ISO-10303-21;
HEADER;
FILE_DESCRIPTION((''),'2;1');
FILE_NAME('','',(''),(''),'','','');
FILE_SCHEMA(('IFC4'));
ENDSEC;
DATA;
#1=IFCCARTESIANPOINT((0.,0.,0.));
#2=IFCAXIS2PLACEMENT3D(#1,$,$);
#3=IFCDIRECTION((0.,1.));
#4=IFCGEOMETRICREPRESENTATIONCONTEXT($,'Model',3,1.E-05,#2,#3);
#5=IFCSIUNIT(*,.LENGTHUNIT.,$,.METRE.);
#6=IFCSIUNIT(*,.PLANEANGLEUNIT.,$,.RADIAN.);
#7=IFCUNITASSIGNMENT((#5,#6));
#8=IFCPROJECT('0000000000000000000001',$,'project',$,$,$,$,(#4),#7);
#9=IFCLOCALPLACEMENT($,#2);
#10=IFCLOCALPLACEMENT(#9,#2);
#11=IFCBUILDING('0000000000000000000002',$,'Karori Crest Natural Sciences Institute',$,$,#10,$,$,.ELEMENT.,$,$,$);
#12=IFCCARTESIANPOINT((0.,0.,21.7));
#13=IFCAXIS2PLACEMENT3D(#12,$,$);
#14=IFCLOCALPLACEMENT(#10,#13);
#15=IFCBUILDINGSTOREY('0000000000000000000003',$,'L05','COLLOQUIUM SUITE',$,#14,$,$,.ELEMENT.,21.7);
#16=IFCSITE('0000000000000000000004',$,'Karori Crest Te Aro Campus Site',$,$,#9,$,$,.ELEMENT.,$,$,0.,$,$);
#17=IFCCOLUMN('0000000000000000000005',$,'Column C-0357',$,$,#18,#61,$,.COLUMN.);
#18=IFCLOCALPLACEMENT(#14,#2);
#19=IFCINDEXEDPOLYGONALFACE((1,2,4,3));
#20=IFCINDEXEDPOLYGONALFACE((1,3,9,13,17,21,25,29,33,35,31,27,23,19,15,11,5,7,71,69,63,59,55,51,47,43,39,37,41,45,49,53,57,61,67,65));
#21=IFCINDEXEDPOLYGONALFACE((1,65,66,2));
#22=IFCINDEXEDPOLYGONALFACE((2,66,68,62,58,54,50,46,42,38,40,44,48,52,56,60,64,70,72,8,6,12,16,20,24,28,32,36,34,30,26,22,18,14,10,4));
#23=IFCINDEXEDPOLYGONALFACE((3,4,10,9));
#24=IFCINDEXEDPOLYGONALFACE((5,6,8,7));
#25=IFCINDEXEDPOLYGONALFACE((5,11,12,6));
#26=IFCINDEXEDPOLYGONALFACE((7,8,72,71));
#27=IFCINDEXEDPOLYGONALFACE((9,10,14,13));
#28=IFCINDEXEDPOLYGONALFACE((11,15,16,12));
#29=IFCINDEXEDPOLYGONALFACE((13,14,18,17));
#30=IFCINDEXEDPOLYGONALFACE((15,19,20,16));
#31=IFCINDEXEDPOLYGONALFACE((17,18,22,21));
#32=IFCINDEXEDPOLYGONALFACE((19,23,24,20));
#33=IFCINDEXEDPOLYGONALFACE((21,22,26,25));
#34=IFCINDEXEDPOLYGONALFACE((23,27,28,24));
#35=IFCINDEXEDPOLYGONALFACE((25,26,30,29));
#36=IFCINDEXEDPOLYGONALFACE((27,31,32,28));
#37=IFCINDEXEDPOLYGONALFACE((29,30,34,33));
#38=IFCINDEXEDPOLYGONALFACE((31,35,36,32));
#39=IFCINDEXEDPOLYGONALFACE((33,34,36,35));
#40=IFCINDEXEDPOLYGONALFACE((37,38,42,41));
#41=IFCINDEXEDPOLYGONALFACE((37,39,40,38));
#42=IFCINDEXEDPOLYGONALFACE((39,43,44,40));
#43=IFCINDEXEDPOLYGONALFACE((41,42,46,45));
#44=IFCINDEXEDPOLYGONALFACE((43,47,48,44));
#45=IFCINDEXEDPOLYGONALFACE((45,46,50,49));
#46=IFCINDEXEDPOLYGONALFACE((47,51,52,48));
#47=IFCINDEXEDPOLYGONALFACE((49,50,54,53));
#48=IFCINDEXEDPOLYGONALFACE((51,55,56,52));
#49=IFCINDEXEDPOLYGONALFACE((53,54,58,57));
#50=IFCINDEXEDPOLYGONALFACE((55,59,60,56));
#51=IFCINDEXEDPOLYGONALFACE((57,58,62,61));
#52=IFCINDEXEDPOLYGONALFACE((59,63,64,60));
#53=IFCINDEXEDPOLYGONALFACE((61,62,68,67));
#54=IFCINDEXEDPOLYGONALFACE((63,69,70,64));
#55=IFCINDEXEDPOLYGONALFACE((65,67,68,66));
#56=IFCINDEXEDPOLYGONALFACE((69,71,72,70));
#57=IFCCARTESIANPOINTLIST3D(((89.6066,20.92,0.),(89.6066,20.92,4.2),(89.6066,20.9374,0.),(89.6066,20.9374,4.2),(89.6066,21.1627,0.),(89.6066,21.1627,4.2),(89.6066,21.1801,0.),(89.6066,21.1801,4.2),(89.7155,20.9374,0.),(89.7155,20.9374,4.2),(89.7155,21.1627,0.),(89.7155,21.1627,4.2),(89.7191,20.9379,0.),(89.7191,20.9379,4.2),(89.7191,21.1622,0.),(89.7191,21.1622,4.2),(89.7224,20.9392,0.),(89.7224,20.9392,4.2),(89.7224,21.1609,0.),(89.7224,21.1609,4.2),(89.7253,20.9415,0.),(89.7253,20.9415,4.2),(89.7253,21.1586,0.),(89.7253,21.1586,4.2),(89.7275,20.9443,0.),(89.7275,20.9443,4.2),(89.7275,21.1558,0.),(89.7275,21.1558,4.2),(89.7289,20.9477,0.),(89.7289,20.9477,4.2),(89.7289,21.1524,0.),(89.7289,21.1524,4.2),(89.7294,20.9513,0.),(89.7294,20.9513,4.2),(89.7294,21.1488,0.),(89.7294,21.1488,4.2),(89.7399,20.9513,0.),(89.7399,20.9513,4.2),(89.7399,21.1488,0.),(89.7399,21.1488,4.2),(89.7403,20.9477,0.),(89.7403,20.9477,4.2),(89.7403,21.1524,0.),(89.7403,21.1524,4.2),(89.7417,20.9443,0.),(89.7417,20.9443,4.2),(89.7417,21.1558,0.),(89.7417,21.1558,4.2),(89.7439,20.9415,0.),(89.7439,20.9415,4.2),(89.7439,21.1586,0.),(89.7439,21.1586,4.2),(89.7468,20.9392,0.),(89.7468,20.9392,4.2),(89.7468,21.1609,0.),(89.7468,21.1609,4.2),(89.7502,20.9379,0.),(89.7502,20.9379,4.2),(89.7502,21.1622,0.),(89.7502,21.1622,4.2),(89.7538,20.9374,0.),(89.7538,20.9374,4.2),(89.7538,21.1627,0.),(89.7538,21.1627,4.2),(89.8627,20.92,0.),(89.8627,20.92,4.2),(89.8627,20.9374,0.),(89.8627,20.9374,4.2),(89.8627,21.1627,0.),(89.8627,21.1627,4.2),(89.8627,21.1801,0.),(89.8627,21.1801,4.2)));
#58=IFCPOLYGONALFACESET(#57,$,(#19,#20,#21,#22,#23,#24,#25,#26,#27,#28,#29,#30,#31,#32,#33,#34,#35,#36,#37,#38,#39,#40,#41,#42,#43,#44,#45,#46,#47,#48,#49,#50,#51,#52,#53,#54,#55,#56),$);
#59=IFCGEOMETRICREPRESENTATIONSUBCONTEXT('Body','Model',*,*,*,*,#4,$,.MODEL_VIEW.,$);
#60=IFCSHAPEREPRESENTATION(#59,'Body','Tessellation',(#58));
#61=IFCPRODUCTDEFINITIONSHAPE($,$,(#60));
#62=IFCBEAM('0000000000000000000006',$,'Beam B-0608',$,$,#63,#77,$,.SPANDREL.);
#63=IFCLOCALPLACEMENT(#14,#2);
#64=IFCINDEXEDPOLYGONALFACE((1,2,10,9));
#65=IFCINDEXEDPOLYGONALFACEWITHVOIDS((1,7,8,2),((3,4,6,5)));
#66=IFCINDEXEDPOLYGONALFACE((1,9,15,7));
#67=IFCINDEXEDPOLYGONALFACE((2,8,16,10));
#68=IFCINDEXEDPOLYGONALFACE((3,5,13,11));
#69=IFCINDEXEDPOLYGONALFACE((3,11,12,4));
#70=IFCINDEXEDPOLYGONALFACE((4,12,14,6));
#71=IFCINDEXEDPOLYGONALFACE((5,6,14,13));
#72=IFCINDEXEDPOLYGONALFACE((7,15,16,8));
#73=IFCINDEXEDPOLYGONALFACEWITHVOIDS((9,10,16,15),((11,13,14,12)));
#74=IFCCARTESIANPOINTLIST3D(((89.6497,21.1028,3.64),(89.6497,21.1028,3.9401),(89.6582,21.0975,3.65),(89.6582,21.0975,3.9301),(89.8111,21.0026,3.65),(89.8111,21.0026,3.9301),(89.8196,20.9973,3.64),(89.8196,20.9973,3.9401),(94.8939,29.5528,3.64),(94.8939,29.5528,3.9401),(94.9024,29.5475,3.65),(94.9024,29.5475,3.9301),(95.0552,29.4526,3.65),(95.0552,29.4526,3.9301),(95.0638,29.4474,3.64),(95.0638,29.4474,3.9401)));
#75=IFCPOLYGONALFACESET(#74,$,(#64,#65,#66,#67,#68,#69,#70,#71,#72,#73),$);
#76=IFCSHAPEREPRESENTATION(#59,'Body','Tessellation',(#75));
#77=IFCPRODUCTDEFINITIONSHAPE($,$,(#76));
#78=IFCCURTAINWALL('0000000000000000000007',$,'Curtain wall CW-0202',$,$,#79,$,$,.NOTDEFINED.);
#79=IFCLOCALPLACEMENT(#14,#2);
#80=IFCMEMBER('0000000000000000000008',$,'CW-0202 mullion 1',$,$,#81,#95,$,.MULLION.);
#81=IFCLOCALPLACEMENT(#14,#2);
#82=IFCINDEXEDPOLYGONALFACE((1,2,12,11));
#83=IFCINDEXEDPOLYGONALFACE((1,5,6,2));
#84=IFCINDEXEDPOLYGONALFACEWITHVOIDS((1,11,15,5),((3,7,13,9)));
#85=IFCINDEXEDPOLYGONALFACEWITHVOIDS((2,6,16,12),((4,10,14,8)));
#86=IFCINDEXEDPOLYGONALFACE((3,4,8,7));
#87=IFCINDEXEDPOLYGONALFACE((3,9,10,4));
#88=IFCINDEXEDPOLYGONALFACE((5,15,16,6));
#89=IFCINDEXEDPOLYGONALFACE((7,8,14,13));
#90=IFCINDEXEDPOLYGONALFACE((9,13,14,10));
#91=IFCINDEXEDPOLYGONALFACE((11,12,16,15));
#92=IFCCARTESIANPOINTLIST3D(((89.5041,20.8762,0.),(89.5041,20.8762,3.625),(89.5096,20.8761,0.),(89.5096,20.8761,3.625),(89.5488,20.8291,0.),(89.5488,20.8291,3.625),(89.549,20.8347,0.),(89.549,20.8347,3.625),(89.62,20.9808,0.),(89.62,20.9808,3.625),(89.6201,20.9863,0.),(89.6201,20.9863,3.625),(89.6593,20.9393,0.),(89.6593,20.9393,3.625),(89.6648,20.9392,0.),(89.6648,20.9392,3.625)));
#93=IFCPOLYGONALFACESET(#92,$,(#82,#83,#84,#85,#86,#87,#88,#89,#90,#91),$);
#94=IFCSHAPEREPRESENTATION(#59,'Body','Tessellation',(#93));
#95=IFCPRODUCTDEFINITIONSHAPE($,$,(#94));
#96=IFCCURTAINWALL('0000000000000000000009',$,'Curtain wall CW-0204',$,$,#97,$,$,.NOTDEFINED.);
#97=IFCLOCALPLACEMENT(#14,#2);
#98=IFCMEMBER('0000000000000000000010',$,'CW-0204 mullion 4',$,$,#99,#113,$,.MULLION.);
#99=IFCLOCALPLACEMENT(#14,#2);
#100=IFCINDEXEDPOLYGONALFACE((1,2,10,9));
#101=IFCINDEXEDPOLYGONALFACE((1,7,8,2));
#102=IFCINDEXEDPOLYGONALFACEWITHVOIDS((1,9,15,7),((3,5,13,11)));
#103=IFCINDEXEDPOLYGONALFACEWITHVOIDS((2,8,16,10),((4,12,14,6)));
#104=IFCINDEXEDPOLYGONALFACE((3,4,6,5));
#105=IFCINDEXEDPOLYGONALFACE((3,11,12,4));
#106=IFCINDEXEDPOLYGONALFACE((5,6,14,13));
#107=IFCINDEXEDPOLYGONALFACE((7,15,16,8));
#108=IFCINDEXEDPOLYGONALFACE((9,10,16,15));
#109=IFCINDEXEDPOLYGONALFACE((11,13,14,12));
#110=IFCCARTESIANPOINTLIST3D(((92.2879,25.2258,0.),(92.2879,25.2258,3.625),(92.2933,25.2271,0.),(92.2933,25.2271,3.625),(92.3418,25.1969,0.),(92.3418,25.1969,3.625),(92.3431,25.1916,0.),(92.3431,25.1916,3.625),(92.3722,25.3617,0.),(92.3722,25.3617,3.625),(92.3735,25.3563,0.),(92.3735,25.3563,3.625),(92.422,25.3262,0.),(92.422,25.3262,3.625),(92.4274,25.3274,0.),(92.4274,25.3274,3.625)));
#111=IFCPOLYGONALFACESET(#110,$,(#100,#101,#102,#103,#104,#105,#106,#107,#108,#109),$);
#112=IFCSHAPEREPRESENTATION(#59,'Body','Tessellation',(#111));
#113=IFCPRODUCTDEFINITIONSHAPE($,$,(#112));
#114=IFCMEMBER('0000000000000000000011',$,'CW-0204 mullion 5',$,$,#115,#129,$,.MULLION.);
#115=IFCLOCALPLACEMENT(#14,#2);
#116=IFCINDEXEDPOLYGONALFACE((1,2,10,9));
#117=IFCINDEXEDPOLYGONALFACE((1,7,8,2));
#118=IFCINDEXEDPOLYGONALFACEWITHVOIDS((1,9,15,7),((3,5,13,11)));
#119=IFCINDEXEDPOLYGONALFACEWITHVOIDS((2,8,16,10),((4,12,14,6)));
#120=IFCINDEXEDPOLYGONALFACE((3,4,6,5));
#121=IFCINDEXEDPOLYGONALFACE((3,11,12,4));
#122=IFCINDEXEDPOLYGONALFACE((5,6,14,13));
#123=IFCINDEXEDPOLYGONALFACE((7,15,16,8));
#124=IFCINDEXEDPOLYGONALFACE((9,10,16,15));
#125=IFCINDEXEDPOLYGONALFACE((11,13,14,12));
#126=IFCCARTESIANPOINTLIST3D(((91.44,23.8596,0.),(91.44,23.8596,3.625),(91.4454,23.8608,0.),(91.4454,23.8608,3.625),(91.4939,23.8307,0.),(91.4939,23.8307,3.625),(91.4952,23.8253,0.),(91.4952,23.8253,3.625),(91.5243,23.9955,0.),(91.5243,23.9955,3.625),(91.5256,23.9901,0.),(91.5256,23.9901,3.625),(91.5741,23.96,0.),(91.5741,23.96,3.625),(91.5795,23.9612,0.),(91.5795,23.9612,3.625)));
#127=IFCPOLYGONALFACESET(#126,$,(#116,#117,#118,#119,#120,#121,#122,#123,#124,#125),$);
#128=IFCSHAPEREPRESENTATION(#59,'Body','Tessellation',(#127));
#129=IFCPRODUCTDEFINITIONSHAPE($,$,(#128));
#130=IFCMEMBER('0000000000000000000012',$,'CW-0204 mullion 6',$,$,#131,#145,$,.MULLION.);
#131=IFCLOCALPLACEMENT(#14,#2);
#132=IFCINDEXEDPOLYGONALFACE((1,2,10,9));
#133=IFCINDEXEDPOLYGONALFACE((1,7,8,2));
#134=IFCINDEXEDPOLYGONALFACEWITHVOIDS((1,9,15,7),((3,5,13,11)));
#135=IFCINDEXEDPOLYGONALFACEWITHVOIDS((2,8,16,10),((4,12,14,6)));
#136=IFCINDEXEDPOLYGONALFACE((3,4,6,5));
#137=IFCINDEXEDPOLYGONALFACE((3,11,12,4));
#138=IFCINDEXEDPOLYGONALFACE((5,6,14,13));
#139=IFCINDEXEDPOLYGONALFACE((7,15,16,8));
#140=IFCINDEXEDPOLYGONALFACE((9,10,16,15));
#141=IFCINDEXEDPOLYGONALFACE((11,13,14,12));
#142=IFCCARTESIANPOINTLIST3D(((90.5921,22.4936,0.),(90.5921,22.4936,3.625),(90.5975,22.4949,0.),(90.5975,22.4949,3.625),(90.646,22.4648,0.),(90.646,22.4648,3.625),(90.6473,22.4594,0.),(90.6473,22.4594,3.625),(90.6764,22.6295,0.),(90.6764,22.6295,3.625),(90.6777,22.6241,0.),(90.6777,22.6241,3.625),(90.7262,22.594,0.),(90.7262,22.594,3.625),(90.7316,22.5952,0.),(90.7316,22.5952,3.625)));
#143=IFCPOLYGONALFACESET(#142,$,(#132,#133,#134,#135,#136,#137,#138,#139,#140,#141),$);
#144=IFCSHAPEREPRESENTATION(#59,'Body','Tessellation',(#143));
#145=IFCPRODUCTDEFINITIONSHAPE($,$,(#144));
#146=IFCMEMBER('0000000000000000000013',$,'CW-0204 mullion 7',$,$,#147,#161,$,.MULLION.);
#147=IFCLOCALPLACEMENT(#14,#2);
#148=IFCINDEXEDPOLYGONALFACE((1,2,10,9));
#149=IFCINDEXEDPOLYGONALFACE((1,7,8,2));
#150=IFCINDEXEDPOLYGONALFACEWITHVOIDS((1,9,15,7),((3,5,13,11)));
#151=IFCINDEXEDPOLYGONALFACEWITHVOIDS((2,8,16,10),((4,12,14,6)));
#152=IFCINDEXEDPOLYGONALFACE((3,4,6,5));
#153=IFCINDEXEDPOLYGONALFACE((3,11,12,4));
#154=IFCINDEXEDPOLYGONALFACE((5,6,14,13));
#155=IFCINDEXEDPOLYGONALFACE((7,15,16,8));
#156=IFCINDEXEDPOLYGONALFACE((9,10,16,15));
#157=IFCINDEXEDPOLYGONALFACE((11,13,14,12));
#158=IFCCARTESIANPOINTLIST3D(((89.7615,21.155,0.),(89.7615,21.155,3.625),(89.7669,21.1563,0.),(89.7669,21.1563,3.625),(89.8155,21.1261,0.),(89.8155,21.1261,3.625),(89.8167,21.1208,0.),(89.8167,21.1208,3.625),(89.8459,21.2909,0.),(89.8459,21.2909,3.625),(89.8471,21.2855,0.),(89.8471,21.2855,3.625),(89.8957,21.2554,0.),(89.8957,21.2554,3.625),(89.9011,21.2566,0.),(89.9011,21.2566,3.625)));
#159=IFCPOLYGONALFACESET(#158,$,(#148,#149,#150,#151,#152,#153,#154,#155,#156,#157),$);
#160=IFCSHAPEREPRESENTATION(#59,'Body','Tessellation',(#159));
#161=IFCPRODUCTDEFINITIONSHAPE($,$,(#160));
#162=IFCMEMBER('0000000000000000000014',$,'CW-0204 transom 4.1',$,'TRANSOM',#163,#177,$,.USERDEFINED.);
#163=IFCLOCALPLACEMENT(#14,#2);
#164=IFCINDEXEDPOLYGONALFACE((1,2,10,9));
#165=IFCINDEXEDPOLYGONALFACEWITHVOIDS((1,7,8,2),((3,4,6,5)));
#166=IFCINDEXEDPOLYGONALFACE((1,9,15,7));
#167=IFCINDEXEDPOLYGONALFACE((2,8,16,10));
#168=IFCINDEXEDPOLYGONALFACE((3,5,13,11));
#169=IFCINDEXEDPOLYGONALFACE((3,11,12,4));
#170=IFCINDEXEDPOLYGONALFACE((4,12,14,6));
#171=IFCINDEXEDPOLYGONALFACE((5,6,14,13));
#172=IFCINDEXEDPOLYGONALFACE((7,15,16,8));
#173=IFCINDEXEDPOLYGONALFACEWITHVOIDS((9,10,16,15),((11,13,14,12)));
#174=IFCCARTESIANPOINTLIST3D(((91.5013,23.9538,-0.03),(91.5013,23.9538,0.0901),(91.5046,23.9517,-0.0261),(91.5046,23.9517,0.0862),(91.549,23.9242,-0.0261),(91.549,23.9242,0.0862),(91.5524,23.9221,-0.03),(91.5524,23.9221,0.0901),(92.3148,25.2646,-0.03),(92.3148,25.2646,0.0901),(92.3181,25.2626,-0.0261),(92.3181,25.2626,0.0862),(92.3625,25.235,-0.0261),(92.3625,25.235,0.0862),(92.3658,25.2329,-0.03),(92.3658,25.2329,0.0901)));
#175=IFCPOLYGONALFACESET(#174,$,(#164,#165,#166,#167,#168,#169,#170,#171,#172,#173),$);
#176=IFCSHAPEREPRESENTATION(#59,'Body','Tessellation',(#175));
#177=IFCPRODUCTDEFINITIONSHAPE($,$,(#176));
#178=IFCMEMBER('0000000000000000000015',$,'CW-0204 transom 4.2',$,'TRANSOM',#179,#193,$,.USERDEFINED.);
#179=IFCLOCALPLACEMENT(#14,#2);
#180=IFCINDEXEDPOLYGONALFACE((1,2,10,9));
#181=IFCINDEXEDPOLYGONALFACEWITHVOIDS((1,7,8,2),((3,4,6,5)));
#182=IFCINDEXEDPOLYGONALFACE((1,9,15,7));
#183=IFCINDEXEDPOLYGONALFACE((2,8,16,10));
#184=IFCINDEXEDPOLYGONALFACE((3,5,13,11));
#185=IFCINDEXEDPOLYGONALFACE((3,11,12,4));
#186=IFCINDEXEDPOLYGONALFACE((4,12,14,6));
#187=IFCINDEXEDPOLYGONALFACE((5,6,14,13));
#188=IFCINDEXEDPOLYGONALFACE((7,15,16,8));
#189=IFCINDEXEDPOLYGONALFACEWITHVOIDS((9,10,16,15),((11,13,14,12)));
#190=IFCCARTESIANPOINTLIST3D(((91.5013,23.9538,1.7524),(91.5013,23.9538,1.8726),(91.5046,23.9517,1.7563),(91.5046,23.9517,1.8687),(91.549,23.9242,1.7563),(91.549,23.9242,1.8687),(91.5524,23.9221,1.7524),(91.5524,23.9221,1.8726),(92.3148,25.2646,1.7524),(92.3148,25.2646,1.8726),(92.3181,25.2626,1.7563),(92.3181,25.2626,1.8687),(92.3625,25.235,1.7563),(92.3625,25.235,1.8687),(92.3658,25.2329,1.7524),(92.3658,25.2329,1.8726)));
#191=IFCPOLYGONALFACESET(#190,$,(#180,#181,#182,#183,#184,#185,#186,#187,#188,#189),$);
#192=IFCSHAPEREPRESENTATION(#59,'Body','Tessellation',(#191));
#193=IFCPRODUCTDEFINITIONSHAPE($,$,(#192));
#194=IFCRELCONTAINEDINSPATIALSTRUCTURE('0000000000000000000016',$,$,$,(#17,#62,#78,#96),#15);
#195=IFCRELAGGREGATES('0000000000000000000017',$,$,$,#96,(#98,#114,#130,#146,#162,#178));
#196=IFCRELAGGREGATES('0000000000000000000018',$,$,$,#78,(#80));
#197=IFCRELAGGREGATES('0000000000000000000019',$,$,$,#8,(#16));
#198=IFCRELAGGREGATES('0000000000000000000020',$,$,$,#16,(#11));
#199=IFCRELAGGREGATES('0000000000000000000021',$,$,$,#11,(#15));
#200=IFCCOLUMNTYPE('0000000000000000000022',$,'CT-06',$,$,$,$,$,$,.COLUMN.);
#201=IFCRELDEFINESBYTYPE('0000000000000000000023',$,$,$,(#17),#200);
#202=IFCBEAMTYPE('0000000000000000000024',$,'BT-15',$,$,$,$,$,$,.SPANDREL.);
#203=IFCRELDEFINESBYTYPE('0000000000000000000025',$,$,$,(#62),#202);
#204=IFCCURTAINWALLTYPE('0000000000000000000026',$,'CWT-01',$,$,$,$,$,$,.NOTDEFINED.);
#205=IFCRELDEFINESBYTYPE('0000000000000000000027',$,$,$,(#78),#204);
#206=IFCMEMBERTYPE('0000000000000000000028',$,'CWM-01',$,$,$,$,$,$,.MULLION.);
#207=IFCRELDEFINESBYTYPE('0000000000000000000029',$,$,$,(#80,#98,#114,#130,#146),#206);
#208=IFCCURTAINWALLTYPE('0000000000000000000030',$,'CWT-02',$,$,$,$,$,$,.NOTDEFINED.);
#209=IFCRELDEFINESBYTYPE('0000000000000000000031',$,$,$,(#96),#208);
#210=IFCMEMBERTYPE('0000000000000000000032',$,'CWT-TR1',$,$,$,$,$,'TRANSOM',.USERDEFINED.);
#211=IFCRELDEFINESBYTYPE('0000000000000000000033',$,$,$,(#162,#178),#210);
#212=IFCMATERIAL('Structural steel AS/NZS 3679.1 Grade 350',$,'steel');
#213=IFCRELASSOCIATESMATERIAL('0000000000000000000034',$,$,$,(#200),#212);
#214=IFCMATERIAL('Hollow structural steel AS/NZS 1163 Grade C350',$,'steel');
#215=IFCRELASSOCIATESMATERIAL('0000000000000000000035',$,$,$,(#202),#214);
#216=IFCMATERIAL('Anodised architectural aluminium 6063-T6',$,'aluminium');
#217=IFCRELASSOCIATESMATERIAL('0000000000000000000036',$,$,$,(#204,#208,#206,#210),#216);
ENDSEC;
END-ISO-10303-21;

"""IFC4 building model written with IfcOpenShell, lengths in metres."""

from ifc_helpers import new_model, si_unit, direction, frame, origin, origin_2d, place, context, subcontext, project, spatial, hollow_rectangle, i_section, extrude, material, material_profile, profile_set, type_object, element, aggregate, save


model = new_model("IFC4")

# Units and contexts
model_context = context("Model", 3, precision=1e-05, world=origin(), true_north=direction((0.0, 1.0)))
body_context = subcontext(model_context, "Body", "Model", "MODEL_VIEW")
ifc_project = project(units=[si_unit("LENGTHUNIT", "METRE"), si_unit("PLANEANGLEUNIT", "RADIAN")], contexts=[model_context])

# Site, building, storey
site_placement = place(None, origin())
site = spatial("IfcSite", under=ifc_project, at=site_placement, Name="Karori Crest Te Aro Campus Site", CompositionType="ELEMENT", RefElevation=0.0)
building_placement = place(site_placement, origin())
building = spatial("IfcBuilding", under=site, at=building_placement, Name="Karori Crest Natural Sciences Institute", CompositionType="ELEMENT")
storey_placement = place(building_placement, frame((0.0, 0.0, 21.7)))
storey = spatial("IfcBuildingStorey", under=building, at=storey_placement, Name="L05", Description="COLLOQUIUM SUITE", CompositionType="ELEMENT", Elevation=21.7)

# Column
ifc_material_1 = material(Name="Structural steel AS/NZS 3679.1 Grade 350", Category="steel")
ifc_material_profile_1 = material_profile(ifc_material_1, i_section(OverallWidth=0.2561, OverallDepth=0.26, WebThickness=0.0105, FlangeThickness=0.0173, FilletRadius=0.0139, at=origin_2d()), Name="250UC89.5")
ifc_profile_set_1 = profile_set([ifc_material_profile_1], Name="Structural steel AS/NZS 3679.1 Grade 350")
column_type = type_object("IfcColumnType", Name="CT-06", PredefinedType="COLUMN", material=ifc_profile_set_1)
column_placement = place(storey_placement, frame((89.7346, 21.05, 0.0), z_axis=(0.0, 0.0, 1.0), x_axis=(1.0, 0.0, 0.0)))
element("IfcColumn", 1, at=column_placement, inside=storey, type_object=column_type, Name="Column C-0357", PredefinedType="COLUMN", context=body_context, shape_type="SweptSolid", body=[
    extrude(i_section(OverallWidth=0.2561, OverallDepth=0.26, WebThickness=0.0105, FlangeThickness=0.0173, FilletRadius=0.0139, at=origin_2d()), origin(), (0.0, 0.0, 1.0), 4.2),
])

# Beam
ifc_material_2 = material(Name="Hollow structural steel AS/NZS 1163 Grade C350", Category="steel")
ifc_material_profile_2 = material_profile(ifc_material_2, hollow_rectangle(XDim=0.2, YDim=0.3, WallThickness=0.01, at=origin_2d()), Name="RHS300x200x10")
ifc_profile_set_2 = profile_set([ifc_material_profile_2], Name="Hollow structural steel AS/NZS 1163 Grade C350")
beam_type = type_object("IfcBeamType", Name="BT-15", PredefinedType="SPANDREL", material=ifc_profile_set_2)
beam_placement = place(storey_placement, frame((89.7346, 21.05, 3.79), z_axis=(0.527315, 0.84967, 0.0), x_axis=(-0.84967, 0.527315, 0.0)))
element("IfcBeam", 2, at=beam_placement, inside=storey, type_object=beam_type, Name="Beam B-0608", PredefinedType="SPANDREL", context=body_context, shape_type="SweptSolid", body=[
    extrude(hollow_rectangle(XDim=0.2, YDim=0.3, WallThickness=0.01, at=origin_2d()), origin(), (0.0, 0.0, 1.0), 9.9451),
])

# Curtain wall, member
ifc_material_3 = material(Name="Anodised architectural aluminium 6063-T6", Category="aluminium")
curtain_wall_type_1 = type_object("IfcCurtainWallType", Name="CWT-01", PredefinedType="NOTDEFINED", material=ifc_material_3)
curtain_wall_1_placement = place(storey_placement, origin())
curtain_wall_1 = element("IfcCurtainWall", 3, at=curtain_wall_1_placement, inside=storey, type_object=curtain_wall_type_1, Name="Curtain wall CW-0202", PredefinedType="NOTDEFINED")
ifc_material_profile_3 = material_profile(ifc_material_3, hollow_rectangle(XDim=0.0649, YDim=0.1599, WallThickness=0.0039, at=origin_2d()), Name="CWM160x65x4")
ifc_profile_set_3 = profile_set([ifc_material_profile_3], Name="Anodised architectural aluminium 6063-T6")
member_type_1 = type_object("IfcMemberType", Name="CWM-01", PredefinedType="MULLION", material=ifc_profile_set_3)
member_1_placement = place(storey_placement, frame((89.5845, 20.9077, 0.0), z_axis=(0.0, 0.0, 1.0), x_axis=(0.688251, -0.725473, 0.0)))
member_1 = element("IfcMember", 4, at=member_1_placement, type_object=member_type_1, Name="CW-0202 mullion 1", PredefinedType="MULLION", context=body_context, shape_type="SweptSolid", body=[
    extrude(hollow_rectangle(XDim=0.0649, YDim=0.1599, WallThickness=0.0039, at=origin_2d()), origin(), (0.0, 0.0, 1.0), 3.625),
])

# Curtain wall, members
curtain_wall_type_2 = type_object("IfcCurtainWallType", Name="CWT-02", PredefinedType="NOTDEFINED", material=ifc_material_3)
curtain_wall_2_placement = place(storey_placement, origin())
curtain_wall_2 = element("IfcCurtainWall", 5, at=curtain_wall_2_placement, inside=storey, type_object=curtain_wall_type_2, Name="Curtain wall CW-0204", PredefinedType="NOTDEFINED")
member_2_placement = place(storey_placement, frame((92.3577, 25.2766, 0.0), z_axis=(0.0, 0.0, 1.0), x_axis=(0.849664, -0.527324, 0.0)))
member_2 = element("IfcMember", 6, at=member_2_placement, type_object=member_type_1, Name="CW-0204 mullion 4", PredefinedType="MULLION", context=body_context, shape_type="SweptSolid", body=[
    extrude(hollow_rectangle(XDim=0.0649, YDim=0.1599, WallThickness=0.0039, at=origin_2d()), origin(), (0.0, 0.0, 1.0), 3.625),
])
member_3_placement = place(storey_placement, frame((91.5098, 23.9104, 0.0), z_axis=(0.0, 0.0, 1.0), x_axis=(0.849664, -0.527324, 0.0)))
member_3 = element("IfcMember", 7, at=member_3_placement, type_object=member_type_1, Name="CW-0204 mullion 5", PredefinedType="MULLION", context=body_context, shape_type="SweptSolid", body=[
    extrude(hollow_rectangle(XDim=0.0649, YDim=0.1599, WallThickness=0.0039, at=origin_2d()), origin(), (0.0, 0.0, 1.0), 3.625),
])
member_4_placement = place(storey_placement, frame((90.6619, 22.5444, 0.0), z_axis=(0.0, 0.0, 1.0), x_axis=(0.849664, -0.527324, 0.0)))
member_4 = element("IfcMember", 8, at=member_4_placement, type_object=member_type_1, Name="CW-0204 mullion 6", PredefinedType="MULLION", context=body_context, shape_type="SweptSolid", body=[
    extrude(hollow_rectangle(XDim=0.0649, YDim=0.1599, WallThickness=0.0039, at=origin_2d()), origin(), (0.0, 0.0, 1.0), 3.625),
])
member_5_placement = place(storey_placement, frame((89.8313, 21.2058, 0.0), z_axis=(0.0, 0.0, 1.0), x_axis=(0.849664, -0.527324, 0.0)))
member_5 = element("IfcMember", 9, at=member_5_placement, type_object=member_type_1, Name="CW-0204 mullion 7", PredefinedType="MULLION", context=body_context, shape_type="SweptSolid", body=[
    extrude(hollow_rectangle(XDim=0.0649, YDim=0.1599, WallThickness=0.0039, at=origin_2d()), origin(), (0.0, 0.0, 1.0), 3.625),
])
ifc_material_profile_4 = material_profile(ifc_material_3, hollow_rectangle(XDim=0.0601, YDim=0.1201, WallThickness=0.0039, at=origin_2d()), Name="CWT120x60x4")
ifc_profile_set_4 = profile_set([ifc_material_profile_4], Name="Anodised architectural aluminium 6063-T6")
member_type_2 = type_object("IfcMemberType", Name="CWT-TR1", ElementType="TRANSOM", PredefinedType="USERDEFINED", material=ifc_profile_set_4)
member_6_placement = place(storey_placement, frame((92.3403, 25.2488, 0.03), z_axis=(-0.527308, -0.849674, 0.0), x_axis=(0.849674, -0.527308, 0.0)))
member_6 = element("IfcMember", 10, at=member_6_placement, type_object=member_type_2, Name="CW-0204 transom 4.1", ObjectType="TRANSOM", PredefinedType="USERDEFINED", context=body_context, shape_type="SweptSolid", body=[
    extrude(hollow_rectangle(XDim=0.0601, YDim=0.1201, WallThickness=0.0039, at=origin_2d()), origin(), (0.0, 0.0, 1.0), 1.5427),
])
member_7_placement = place(storey_placement, frame((92.3403, 25.2488, 1.8125), z_axis=(-0.527308, -0.849674, 0.0), x_axis=(0.849674, -0.527308, 0.0)))
member_7 = element("IfcMember", 11, at=member_7_placement, type_object=member_type_2, Name="CW-0204 transom 4.2", ObjectType="TRANSOM", PredefinedType="USERDEFINED", context=body_context, shape_type="SweptSolid", body=[
    extrude(hollow_rectangle(XDim=0.0601, YDim=0.1201, WallThickness=0.0039, at=origin_2d()), origin(), (0.0, 0.0, 1.0), 1.5427),
])

aggregate(curtain_wall_2, [member_2, member_3, member_4, member_5, member_6, member_7])
aggregate(curtain_wall_1, [member_1])

save(model, "model.ifc")
